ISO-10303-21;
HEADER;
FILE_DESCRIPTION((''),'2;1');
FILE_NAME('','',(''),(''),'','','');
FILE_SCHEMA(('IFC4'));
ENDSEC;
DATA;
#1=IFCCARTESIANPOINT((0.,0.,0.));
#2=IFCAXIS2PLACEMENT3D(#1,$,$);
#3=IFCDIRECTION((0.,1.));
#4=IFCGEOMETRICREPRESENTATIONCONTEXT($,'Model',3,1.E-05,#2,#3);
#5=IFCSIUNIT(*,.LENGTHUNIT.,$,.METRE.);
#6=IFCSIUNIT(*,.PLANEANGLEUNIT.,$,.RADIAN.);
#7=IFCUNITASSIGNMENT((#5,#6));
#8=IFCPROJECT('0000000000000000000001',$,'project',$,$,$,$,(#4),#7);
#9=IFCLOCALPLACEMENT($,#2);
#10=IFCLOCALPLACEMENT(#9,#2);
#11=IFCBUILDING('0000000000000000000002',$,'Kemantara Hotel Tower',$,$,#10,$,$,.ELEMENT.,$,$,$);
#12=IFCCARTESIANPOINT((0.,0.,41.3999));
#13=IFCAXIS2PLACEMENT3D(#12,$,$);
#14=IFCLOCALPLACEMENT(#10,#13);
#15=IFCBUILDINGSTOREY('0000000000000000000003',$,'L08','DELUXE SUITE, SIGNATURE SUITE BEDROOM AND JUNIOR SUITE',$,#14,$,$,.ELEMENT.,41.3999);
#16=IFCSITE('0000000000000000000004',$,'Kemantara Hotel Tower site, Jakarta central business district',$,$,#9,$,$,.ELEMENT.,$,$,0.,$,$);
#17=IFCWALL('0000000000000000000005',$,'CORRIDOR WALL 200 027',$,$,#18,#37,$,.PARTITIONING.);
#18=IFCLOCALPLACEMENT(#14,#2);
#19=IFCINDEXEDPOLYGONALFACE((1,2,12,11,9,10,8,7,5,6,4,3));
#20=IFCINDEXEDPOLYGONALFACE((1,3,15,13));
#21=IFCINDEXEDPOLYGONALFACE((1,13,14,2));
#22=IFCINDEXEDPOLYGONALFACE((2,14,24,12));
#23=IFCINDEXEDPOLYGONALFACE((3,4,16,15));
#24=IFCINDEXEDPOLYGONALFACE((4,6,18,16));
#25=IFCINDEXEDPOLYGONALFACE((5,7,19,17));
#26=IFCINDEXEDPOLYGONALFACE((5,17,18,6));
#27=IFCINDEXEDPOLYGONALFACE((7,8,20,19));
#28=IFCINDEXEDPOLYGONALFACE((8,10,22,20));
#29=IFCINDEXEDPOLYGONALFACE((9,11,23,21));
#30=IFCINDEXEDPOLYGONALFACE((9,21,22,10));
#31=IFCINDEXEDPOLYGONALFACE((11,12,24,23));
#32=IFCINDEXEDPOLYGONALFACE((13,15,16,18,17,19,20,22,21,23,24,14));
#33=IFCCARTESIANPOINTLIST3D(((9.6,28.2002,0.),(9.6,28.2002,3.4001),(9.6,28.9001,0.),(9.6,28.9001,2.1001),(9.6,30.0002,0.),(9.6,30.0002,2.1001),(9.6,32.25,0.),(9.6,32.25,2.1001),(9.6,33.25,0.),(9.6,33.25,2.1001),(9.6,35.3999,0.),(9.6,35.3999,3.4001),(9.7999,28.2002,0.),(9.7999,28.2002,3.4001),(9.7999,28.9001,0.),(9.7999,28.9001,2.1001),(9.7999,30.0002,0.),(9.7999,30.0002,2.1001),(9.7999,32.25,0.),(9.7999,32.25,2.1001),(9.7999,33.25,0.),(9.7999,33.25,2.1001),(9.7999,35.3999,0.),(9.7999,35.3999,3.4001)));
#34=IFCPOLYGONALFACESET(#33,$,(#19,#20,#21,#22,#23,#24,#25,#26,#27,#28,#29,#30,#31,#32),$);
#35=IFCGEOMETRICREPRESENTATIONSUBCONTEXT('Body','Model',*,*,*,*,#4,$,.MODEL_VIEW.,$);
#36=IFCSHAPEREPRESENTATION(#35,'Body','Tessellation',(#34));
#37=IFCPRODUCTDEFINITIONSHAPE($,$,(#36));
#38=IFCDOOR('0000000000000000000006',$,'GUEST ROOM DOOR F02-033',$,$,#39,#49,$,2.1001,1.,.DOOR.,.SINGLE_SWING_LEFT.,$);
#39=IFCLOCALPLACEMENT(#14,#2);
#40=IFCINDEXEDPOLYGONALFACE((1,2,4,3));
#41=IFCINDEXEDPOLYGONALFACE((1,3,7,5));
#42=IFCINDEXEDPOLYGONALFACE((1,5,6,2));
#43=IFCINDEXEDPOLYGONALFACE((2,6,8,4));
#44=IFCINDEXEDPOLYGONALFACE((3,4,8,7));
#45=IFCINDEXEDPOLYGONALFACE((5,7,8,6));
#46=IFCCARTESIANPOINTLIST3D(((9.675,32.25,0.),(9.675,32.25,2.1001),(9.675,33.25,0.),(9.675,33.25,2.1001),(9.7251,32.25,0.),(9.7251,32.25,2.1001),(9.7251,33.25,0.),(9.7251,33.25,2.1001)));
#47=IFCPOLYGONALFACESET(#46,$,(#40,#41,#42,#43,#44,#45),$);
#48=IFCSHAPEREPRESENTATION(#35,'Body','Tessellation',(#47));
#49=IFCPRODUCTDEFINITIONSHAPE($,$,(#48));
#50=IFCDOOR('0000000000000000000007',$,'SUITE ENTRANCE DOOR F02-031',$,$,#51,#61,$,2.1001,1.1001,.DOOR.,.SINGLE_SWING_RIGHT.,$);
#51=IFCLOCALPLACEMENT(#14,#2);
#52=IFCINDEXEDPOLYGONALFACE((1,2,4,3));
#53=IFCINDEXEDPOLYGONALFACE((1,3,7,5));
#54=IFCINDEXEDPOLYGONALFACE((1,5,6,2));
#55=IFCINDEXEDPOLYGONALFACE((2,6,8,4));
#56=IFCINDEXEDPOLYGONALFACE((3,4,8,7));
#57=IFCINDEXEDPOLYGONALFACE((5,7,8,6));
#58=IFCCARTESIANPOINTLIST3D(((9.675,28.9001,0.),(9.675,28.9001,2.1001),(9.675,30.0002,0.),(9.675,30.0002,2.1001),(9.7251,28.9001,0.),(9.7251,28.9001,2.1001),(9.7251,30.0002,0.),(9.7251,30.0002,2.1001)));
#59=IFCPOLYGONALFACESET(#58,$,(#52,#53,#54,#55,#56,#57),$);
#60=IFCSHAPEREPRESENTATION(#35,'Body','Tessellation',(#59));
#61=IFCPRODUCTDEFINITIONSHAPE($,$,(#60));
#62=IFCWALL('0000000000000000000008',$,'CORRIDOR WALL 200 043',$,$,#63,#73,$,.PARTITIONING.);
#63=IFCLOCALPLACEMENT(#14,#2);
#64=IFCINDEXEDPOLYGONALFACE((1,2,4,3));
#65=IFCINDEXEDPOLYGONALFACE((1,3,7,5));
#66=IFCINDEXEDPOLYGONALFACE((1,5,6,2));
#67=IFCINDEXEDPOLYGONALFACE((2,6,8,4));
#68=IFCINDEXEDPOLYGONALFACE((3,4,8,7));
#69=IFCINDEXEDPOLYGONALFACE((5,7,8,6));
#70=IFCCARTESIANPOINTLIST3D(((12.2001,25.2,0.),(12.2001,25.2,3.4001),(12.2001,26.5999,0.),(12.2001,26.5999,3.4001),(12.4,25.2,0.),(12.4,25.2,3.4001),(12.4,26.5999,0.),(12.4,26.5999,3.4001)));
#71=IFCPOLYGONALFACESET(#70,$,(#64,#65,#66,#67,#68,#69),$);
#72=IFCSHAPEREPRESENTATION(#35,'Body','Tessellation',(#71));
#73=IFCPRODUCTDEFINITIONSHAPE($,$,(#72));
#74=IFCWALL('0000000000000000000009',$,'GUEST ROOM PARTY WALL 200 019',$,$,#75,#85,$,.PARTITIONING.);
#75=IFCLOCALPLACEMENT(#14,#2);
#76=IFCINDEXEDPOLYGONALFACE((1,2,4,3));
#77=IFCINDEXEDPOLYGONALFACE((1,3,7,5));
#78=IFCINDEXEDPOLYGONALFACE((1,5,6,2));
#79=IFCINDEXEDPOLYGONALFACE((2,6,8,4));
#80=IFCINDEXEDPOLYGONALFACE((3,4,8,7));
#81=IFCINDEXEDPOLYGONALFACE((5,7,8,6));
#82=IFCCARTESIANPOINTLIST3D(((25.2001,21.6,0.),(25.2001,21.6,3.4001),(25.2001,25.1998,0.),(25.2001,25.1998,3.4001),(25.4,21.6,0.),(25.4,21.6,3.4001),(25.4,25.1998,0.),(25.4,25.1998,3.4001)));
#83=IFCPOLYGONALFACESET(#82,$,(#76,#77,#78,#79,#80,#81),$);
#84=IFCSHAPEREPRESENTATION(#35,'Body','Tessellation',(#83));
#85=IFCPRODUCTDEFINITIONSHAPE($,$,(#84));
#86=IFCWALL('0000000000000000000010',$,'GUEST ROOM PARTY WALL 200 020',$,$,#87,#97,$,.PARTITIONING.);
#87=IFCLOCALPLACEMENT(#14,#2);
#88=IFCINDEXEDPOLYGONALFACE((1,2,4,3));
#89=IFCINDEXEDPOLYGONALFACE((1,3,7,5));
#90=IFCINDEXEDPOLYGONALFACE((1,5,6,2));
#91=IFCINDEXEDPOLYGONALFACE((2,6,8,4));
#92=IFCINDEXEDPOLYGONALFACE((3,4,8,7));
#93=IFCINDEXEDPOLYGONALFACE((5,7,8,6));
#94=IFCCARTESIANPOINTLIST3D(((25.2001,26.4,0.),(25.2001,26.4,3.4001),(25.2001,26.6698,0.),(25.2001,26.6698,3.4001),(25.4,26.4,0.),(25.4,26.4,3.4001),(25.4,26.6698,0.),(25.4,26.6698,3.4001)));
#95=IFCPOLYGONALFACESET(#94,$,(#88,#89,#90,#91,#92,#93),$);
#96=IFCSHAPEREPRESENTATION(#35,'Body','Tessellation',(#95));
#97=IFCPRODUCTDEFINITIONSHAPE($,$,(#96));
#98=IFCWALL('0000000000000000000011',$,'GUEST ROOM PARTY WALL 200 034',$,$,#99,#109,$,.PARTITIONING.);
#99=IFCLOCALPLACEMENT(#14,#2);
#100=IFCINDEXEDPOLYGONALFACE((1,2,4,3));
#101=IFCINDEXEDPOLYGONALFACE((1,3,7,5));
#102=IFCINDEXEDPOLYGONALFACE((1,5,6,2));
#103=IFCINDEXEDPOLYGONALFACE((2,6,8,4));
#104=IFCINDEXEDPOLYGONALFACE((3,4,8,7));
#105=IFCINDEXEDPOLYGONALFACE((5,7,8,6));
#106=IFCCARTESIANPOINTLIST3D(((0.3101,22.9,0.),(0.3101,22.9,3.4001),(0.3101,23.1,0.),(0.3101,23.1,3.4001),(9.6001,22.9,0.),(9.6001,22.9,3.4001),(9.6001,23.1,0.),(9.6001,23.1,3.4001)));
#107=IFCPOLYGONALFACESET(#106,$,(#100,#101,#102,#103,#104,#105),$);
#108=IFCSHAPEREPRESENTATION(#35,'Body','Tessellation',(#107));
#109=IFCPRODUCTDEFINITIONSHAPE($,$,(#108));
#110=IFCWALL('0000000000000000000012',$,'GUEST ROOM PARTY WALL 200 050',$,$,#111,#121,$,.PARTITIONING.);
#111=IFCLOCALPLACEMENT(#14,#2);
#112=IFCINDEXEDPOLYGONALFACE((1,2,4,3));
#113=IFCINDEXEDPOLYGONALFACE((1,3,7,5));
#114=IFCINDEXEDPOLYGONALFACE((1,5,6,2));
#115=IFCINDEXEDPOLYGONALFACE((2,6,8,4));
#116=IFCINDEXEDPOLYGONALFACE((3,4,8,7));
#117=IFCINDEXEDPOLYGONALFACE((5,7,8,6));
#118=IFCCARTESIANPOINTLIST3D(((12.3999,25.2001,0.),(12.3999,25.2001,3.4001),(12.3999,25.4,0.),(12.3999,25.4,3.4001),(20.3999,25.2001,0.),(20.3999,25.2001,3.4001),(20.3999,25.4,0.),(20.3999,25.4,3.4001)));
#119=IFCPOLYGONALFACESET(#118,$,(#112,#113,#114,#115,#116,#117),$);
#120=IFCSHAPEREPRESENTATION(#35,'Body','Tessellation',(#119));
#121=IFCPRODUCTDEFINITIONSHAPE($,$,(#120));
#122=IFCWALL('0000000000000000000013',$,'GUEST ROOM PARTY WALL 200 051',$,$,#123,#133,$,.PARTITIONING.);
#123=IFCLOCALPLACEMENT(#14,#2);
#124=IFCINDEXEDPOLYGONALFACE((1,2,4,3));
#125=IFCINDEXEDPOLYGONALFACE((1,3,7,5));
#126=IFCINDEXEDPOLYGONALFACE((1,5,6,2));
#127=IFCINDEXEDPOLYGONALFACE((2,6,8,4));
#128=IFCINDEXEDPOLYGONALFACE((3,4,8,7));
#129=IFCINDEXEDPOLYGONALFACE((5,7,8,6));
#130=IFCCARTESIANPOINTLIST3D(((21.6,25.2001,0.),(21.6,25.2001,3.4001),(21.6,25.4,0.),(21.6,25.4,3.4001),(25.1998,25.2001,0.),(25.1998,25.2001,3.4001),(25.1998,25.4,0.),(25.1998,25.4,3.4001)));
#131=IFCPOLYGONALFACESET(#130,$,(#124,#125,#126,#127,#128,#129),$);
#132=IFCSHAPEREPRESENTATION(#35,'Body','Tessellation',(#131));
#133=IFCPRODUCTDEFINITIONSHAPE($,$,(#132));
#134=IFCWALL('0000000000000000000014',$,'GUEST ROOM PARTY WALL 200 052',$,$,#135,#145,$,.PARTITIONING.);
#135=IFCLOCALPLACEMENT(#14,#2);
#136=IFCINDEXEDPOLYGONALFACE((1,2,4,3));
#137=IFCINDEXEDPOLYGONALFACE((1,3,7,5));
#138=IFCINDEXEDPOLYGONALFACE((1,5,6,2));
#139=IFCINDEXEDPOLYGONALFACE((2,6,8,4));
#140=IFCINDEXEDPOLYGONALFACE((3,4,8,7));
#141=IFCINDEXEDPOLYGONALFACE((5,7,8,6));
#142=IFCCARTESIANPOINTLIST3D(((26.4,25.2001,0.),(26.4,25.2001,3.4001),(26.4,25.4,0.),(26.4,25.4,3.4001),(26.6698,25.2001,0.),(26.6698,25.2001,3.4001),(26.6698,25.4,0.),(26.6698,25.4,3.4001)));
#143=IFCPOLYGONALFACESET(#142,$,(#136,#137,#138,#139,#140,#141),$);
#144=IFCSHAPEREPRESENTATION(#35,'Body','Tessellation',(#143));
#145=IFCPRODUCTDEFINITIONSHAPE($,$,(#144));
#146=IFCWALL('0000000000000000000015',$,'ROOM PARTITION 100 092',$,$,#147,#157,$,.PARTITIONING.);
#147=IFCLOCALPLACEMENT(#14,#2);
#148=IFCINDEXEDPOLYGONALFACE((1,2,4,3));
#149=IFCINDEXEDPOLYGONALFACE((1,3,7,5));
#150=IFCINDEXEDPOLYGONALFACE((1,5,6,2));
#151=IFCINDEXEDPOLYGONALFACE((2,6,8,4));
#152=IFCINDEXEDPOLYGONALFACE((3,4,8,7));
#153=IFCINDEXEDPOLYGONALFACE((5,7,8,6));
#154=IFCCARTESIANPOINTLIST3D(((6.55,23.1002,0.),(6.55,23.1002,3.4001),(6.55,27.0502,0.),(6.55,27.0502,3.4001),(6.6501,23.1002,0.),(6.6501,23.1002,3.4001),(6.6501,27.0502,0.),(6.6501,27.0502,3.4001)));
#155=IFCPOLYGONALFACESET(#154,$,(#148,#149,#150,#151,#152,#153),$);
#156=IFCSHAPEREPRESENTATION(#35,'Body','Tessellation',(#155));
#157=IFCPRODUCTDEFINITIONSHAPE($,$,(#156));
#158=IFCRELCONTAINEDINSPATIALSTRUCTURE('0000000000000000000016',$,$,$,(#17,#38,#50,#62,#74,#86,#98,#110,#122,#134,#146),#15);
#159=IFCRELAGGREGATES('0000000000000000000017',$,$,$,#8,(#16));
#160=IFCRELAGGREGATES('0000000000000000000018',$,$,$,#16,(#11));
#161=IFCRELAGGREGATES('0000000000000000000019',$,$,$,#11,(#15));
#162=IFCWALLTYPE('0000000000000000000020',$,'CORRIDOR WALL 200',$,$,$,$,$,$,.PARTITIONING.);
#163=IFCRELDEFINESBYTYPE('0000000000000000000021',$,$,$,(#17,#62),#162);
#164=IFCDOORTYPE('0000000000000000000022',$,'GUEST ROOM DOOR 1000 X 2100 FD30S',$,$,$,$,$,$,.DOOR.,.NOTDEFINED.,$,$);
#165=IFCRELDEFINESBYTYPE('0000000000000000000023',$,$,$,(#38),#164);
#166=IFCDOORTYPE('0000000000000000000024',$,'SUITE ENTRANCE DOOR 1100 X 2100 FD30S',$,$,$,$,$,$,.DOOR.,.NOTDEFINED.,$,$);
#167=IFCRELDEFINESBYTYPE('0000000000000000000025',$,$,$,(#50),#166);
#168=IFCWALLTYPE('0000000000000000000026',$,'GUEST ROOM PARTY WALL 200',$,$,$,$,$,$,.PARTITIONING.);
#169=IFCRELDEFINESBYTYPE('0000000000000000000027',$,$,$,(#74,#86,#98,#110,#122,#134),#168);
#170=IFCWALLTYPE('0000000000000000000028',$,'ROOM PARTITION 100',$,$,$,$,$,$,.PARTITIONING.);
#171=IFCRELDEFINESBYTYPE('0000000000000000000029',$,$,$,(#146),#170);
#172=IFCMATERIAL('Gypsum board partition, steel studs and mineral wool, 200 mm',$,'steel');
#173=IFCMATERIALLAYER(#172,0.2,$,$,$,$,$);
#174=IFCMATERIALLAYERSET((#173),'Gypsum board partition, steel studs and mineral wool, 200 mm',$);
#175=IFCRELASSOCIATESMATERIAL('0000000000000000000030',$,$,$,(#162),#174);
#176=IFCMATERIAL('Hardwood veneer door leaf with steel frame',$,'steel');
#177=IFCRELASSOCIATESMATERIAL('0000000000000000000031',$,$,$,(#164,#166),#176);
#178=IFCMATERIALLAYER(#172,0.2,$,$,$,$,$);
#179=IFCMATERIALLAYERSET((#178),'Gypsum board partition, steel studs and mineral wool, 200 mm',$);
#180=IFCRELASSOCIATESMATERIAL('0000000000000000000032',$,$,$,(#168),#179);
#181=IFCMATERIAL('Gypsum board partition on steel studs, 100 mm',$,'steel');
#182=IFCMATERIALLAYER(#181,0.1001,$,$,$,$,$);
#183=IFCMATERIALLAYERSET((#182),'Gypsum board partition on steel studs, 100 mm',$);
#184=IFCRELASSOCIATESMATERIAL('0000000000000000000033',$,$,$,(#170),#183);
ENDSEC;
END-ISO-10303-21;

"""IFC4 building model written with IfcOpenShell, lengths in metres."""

from ifc_helpers import new_model, si_unit, direction, frame, frame_2d, origin, place, context, subcontext, project, spatial, rectangle, extrude, material, layer, layer_set, type_object, element, fill, save


model = new_model("IFC4")

# Units and contexts
model_context = context("Model", 3, precision=1e-05, world=origin(), true_north=direction((0.0, 1.0)))
body_context = subcontext(model_context, "Body", "Model", "MODEL_VIEW")
ifc_project = project(units=[si_unit("LENGTHUNIT", "METRE"), si_unit("PLANEANGLEUNIT", "RADIAN")], contexts=[model_context])

# Site, building, storey
site_placement = place(None, origin())
site = spatial("IfcSite", under=ifc_project, at=site_placement, Name="Kemantara Hotel Tower site, Jakarta central business district", CompositionType="ELEMENT", RefElevation=0.0)
building_placement = place(site_placement, origin())
building = spatial("IfcBuilding", under=site, at=building_placement, Name="Kemantara Hotel Tower", CompositionType="ELEMENT")
storey_placement = place(building_placement, frame((0.0, 0.0, 41.3999)))
storey = spatial("IfcBuildingStorey", under=building, at=storey_placement, Name="L08", Description="DELUXE SUITE, SIGNATURE SUITE BEDROOM AND JUNIOR SUITE", CompositionType="ELEMENT", Elevation=41.3999)

# Shared definitions
ifc_material_1 = material(Name="Gypsum board partition, steel studs and mineral wool, 200 mm", Category="steel")
ifc_layer_1 = layer(ifc_material_1, 0.2)
ifc_layer_set_1 = layer_set([ifc_layer_1], Name="Gypsum board partition, steel studs and mineral wool, 200 mm")
wall_type_1 = type_object("IfcWallType", Name="CORRIDOR WALL 200", PredefinedType="PARTITIONING", material=ifc_layer_set_1)

# Wall, openings, doors
wall_1_placement = place(storey_placement, frame((9.7, 28.2002, 0.0), z_axis=(0.0, 0.0, 1.0), x_axis=(0.0, 1.0, 0.0)))
wall_1 = element("IfcWall", 1, at=wall_1_placement, inside=storey, type_object=wall_type_1, Name="CORRIDOR WALL 200 027", PredefinedType="PARTITIONING", context=body_context, shape_type="SweptSolid", body=[
    extrude(rectangle(XDim=7.1997, YDim=0.2, at=frame_2d((3.5999, 0.0))), origin(), (0.0, 0.0, 1.0), 3.4001),
])
opening_1_placement = place(wall_1_placement, frame((0.7, 0.0, 0.0)))
opening_1 = element("IfcOpeningElement", 2, at=opening_1_placement, cuts=wall_1, PredefinedType="OPENING", context=body_context, shape_type="SweptSolid", body=[
    extrude(rectangle(XDim=1.1001, YDim=2.1001, at=frame_2d((0.55, 1.05))), frame((0.0, 0.1099, 0.0), z_axis=(0.0, -1.0, 0.0), x_axis=(1.0, 0.0, 0.0)), (0.0, 0.0, 1.0), 0.22),
])
opening_2_placement = place(wall_1_placement, frame((4.0498, 0.0, 0.0)))
opening_2 = element("IfcOpeningElement", 3, at=opening_2_placement, cuts=wall_1, PredefinedType="OPENING", context=body_context, shape_type="SweptSolid", body=[
    extrude(rectangle(XDim=1.0, YDim=2.1001, at=frame_2d((0.5, 1.05))), frame((0.0, 0.1099, 0.0), z_axis=(0.0, -1.0, 0.0), x_axis=(1.0, 0.0, 0.0)), (0.0, 0.0, 1.0), 0.22),
])
ifc_material_2 = material(Name="Hardwood veneer door leaf with steel frame", Category="steel")
door_type_1 = type_object("IfcDoorType", Name="GUEST ROOM DOOR 1000 X 2100 FD30S", OperationType="NOTDEFINED", PredefinedType="DOOR", material=ifc_material_2)
door_1_placement = place(opening_2_placement, origin())
door_1 = element("IfcDoor", 4, at=door_1_placement, inside=storey, type_object=door_type_1, Name="GUEST ROOM DOOR F02-033", OperationType="SINGLE_SWING_LEFT", OverallHeight=2.1001, OverallWidth=1.0, PredefinedType="DOOR", context=body_context, shape_type="SweptSolid", body=[
    extrude(rectangle(XDim=1.0, YDim=2.1001, at=frame_2d((0.5, 1.05))), frame((0.0, 0.0249, 0.0), z_axis=(0.0, -1.0, 0.0), x_axis=(1.0, 0.0, 0.0)), (0.0, 0.0, 1.0), 0.05),
])
fill(opening_2, door_1)
door_type_2 = type_object("IfcDoorType", Name="SUITE ENTRANCE DOOR 1100 X 2100 FD30S", OperationType="NOTDEFINED", PredefinedType="DOOR", material=ifc_material_2)
door_2_placement = place(opening_1_placement, origin())
door_2 = element("IfcDoor", 5, at=door_2_placement, inside=storey, type_object=door_type_2, Name="SUITE ENTRANCE DOOR F02-031", OperationType="SINGLE_SWING_RIGHT", OverallHeight=2.1001, OverallWidth=1.1001, PredefinedType="DOOR", context=body_context, shape_type="SweptSolid", body=[
    extrude(rectangle(XDim=1.1001, YDim=2.1001, at=frame_2d((0.55, 1.05))), frame((0.0, 0.0249, 0.0), z_axis=(0.0, -1.0, 0.0), x_axis=(1.0, 0.0, 0.0)), (0.0, 0.0, 1.0), 0.05),
])
fill(opening_1, door_2)

# Walls
wall_2_placement = place(storey_placement, frame((12.3, 25.2, 0.0), z_axis=(0.0, 0.0, 1.0), x_axis=(0.0, 1.0, 0.0)))
element("IfcWall", 6, at=wall_2_placement, inside=storey, type_object=wall_type_1, Name="CORRIDOR WALL 200 043", PredefinedType="PARTITIONING", context=body_context, shape_type="SweptSolid", body=[
    extrude(rectangle(XDim=1.3999, YDim=0.2, at=frame_2d((0.7, 0.0))), origin(), (0.0, 0.0, 1.0), 3.4001),
])
ifc_layer_2 = layer(ifc_material_1, 0.2)
ifc_layer_set_2 = layer_set([ifc_layer_2], Name="Gypsum board partition, steel studs and mineral wool, 200 mm")
wall_type_2 = type_object("IfcWallType", Name="GUEST ROOM PARTY WALL 200", PredefinedType="PARTITIONING", material=ifc_layer_set_2)
wall_3_placement = place(storey_placement, frame((25.3, 21.6001, 0.0), z_axis=(0.0, 0.0, 1.0), x_axis=(0.0, 1.0, 0.0)))
element("IfcWall", 7, at=wall_3_placement, inside=storey, type_object=wall_type_2, Name="GUEST ROOM PARTY WALL 200 019", PredefinedType="PARTITIONING", context=body_context, shape_type="SweptSolid", body=[
    extrude(rectangle(XDim=3.5999, YDim=0.2, at=frame_2d((1.7998, 0.0))), origin(), (0.0, 0.0, 1.0), 3.4001),
])
wall_4_placement = place(storey_placement, frame((25.3, 26.4001, 0.0), z_axis=(0.0, 0.0, 1.0), x_axis=(0.0, 1.0, 0.0)))
element("IfcWall", 8, at=wall_4_placement, inside=storey, type_object=wall_type_2, Name="GUEST ROOM PARTY WALL 200 020", PredefinedType="PARTITIONING", context=body_context, shape_type="SweptSolid", body=[
    extrude(rectangle(XDim=0.2698, YDim=0.2, at=frame_2d((0.1348, 0.0))), origin(), (0.0, 0.0, 1.0), 3.4001),
])
wall_5_placement = place(storey_placement, frame((0.3101, 23.0, 0.0), z_axis=(0.0, 0.0, 1.0), x_axis=(1.0, 0.0, 0.0)))
element("IfcWall", 9, at=wall_5_placement, inside=storey, type_object=wall_type_2, Name="GUEST ROOM PARTY WALL 200 034", PredefinedType="PARTITIONING", context=body_context, shape_type="SweptSolid", body=[
    extrude(rectangle(XDim=9.29, YDim=0.2, at=frame_2d((4.645, 0.0))), origin(), (0.0, 0.0, 1.0), 3.4001),
])
wall_6_placement = place(storey_placement, frame((12.3999, 25.3, 0.0), z_axis=(0.0, 0.0, 1.0), x_axis=(1.0, 0.0, 0.0)))
element("IfcWall", 10, at=wall_6_placement, inside=storey, type_object=wall_type_2, Name="GUEST ROOM PARTY WALL 200 050", PredefinedType="PARTITIONING", context=body_context, shape_type="SweptSolid", body=[
    extrude(rectangle(XDim=8.0, YDim=0.2, at=frame_2d((4.0, 0.0))), origin(), (0.0, 0.0, 1.0), 3.4001),
])
wall_7_placement = place(storey_placement, frame((21.6001, 25.3, 0.0), z_axis=(0.0, 0.0, 1.0), x_axis=(1.0, 0.0, 0.0)))
element("IfcWall", 11, at=wall_7_placement, inside=storey, type_object=wall_type_2, Name="GUEST ROOM PARTY WALL 200 051", PredefinedType="PARTITIONING", context=body_context, shape_type="SweptSolid", body=[
    extrude(rectangle(XDim=3.5999, YDim=0.2, at=frame_2d((1.7998, 0.0))), origin(), (0.0, 0.0, 1.0), 3.4001),
])
wall_8_placement = place(storey_placement, frame((26.4001, 25.3, 0.0), z_axis=(0.0, 0.0, 1.0), x_axis=(1.0, 0.0, 0.0)))
element("IfcWall", 12, at=wall_8_placement, inside=storey, type_object=wall_type_2, Name="GUEST ROOM PARTY WALL 200 052", PredefinedType="PARTITIONING", context=body_context, shape_type="SweptSolid", body=[
    extrude(rectangle(XDim=0.2698, YDim=0.2, at=frame_2d((0.1348, 0.0))), origin(), (0.0, 0.0, 1.0), 3.4001),
])
ifc_material_3 = material(Name="Gypsum board partition on steel studs, 100 mm", Category="steel")
ifc_layer_3 = layer(ifc_material_3, 0.1001)
ifc_layer_set_3 = layer_set([ifc_layer_3], Name="Gypsum board partition on steel studs, 100 mm")
wall_type_3 = type_object("IfcWallType", Name="ROOM PARTITION 100", PredefinedType="PARTITIONING", material=ifc_layer_set_3)
wall_9_placement = place(storey_placement, frame((6.6001, 23.1001, 0.0), z_axis=(0.0, 0.0, 1.0), x_axis=(0.0, 1.0, 0.0)))
element("IfcWall", 13, at=wall_9_placement, inside=storey, type_object=wall_type_3, Name="ROOM PARTITION 100 092", PredefinedType="PARTITIONING", context=body_context, shape_type="SweptSolid", body=[
    extrude(rectangle(XDim=3.95, YDim=0.1001, at=frame_2d((1.9751, 0.0))), origin(), (0.0, 0.0, 1.0), 3.4001),
])

save(model, "model.ifc")
